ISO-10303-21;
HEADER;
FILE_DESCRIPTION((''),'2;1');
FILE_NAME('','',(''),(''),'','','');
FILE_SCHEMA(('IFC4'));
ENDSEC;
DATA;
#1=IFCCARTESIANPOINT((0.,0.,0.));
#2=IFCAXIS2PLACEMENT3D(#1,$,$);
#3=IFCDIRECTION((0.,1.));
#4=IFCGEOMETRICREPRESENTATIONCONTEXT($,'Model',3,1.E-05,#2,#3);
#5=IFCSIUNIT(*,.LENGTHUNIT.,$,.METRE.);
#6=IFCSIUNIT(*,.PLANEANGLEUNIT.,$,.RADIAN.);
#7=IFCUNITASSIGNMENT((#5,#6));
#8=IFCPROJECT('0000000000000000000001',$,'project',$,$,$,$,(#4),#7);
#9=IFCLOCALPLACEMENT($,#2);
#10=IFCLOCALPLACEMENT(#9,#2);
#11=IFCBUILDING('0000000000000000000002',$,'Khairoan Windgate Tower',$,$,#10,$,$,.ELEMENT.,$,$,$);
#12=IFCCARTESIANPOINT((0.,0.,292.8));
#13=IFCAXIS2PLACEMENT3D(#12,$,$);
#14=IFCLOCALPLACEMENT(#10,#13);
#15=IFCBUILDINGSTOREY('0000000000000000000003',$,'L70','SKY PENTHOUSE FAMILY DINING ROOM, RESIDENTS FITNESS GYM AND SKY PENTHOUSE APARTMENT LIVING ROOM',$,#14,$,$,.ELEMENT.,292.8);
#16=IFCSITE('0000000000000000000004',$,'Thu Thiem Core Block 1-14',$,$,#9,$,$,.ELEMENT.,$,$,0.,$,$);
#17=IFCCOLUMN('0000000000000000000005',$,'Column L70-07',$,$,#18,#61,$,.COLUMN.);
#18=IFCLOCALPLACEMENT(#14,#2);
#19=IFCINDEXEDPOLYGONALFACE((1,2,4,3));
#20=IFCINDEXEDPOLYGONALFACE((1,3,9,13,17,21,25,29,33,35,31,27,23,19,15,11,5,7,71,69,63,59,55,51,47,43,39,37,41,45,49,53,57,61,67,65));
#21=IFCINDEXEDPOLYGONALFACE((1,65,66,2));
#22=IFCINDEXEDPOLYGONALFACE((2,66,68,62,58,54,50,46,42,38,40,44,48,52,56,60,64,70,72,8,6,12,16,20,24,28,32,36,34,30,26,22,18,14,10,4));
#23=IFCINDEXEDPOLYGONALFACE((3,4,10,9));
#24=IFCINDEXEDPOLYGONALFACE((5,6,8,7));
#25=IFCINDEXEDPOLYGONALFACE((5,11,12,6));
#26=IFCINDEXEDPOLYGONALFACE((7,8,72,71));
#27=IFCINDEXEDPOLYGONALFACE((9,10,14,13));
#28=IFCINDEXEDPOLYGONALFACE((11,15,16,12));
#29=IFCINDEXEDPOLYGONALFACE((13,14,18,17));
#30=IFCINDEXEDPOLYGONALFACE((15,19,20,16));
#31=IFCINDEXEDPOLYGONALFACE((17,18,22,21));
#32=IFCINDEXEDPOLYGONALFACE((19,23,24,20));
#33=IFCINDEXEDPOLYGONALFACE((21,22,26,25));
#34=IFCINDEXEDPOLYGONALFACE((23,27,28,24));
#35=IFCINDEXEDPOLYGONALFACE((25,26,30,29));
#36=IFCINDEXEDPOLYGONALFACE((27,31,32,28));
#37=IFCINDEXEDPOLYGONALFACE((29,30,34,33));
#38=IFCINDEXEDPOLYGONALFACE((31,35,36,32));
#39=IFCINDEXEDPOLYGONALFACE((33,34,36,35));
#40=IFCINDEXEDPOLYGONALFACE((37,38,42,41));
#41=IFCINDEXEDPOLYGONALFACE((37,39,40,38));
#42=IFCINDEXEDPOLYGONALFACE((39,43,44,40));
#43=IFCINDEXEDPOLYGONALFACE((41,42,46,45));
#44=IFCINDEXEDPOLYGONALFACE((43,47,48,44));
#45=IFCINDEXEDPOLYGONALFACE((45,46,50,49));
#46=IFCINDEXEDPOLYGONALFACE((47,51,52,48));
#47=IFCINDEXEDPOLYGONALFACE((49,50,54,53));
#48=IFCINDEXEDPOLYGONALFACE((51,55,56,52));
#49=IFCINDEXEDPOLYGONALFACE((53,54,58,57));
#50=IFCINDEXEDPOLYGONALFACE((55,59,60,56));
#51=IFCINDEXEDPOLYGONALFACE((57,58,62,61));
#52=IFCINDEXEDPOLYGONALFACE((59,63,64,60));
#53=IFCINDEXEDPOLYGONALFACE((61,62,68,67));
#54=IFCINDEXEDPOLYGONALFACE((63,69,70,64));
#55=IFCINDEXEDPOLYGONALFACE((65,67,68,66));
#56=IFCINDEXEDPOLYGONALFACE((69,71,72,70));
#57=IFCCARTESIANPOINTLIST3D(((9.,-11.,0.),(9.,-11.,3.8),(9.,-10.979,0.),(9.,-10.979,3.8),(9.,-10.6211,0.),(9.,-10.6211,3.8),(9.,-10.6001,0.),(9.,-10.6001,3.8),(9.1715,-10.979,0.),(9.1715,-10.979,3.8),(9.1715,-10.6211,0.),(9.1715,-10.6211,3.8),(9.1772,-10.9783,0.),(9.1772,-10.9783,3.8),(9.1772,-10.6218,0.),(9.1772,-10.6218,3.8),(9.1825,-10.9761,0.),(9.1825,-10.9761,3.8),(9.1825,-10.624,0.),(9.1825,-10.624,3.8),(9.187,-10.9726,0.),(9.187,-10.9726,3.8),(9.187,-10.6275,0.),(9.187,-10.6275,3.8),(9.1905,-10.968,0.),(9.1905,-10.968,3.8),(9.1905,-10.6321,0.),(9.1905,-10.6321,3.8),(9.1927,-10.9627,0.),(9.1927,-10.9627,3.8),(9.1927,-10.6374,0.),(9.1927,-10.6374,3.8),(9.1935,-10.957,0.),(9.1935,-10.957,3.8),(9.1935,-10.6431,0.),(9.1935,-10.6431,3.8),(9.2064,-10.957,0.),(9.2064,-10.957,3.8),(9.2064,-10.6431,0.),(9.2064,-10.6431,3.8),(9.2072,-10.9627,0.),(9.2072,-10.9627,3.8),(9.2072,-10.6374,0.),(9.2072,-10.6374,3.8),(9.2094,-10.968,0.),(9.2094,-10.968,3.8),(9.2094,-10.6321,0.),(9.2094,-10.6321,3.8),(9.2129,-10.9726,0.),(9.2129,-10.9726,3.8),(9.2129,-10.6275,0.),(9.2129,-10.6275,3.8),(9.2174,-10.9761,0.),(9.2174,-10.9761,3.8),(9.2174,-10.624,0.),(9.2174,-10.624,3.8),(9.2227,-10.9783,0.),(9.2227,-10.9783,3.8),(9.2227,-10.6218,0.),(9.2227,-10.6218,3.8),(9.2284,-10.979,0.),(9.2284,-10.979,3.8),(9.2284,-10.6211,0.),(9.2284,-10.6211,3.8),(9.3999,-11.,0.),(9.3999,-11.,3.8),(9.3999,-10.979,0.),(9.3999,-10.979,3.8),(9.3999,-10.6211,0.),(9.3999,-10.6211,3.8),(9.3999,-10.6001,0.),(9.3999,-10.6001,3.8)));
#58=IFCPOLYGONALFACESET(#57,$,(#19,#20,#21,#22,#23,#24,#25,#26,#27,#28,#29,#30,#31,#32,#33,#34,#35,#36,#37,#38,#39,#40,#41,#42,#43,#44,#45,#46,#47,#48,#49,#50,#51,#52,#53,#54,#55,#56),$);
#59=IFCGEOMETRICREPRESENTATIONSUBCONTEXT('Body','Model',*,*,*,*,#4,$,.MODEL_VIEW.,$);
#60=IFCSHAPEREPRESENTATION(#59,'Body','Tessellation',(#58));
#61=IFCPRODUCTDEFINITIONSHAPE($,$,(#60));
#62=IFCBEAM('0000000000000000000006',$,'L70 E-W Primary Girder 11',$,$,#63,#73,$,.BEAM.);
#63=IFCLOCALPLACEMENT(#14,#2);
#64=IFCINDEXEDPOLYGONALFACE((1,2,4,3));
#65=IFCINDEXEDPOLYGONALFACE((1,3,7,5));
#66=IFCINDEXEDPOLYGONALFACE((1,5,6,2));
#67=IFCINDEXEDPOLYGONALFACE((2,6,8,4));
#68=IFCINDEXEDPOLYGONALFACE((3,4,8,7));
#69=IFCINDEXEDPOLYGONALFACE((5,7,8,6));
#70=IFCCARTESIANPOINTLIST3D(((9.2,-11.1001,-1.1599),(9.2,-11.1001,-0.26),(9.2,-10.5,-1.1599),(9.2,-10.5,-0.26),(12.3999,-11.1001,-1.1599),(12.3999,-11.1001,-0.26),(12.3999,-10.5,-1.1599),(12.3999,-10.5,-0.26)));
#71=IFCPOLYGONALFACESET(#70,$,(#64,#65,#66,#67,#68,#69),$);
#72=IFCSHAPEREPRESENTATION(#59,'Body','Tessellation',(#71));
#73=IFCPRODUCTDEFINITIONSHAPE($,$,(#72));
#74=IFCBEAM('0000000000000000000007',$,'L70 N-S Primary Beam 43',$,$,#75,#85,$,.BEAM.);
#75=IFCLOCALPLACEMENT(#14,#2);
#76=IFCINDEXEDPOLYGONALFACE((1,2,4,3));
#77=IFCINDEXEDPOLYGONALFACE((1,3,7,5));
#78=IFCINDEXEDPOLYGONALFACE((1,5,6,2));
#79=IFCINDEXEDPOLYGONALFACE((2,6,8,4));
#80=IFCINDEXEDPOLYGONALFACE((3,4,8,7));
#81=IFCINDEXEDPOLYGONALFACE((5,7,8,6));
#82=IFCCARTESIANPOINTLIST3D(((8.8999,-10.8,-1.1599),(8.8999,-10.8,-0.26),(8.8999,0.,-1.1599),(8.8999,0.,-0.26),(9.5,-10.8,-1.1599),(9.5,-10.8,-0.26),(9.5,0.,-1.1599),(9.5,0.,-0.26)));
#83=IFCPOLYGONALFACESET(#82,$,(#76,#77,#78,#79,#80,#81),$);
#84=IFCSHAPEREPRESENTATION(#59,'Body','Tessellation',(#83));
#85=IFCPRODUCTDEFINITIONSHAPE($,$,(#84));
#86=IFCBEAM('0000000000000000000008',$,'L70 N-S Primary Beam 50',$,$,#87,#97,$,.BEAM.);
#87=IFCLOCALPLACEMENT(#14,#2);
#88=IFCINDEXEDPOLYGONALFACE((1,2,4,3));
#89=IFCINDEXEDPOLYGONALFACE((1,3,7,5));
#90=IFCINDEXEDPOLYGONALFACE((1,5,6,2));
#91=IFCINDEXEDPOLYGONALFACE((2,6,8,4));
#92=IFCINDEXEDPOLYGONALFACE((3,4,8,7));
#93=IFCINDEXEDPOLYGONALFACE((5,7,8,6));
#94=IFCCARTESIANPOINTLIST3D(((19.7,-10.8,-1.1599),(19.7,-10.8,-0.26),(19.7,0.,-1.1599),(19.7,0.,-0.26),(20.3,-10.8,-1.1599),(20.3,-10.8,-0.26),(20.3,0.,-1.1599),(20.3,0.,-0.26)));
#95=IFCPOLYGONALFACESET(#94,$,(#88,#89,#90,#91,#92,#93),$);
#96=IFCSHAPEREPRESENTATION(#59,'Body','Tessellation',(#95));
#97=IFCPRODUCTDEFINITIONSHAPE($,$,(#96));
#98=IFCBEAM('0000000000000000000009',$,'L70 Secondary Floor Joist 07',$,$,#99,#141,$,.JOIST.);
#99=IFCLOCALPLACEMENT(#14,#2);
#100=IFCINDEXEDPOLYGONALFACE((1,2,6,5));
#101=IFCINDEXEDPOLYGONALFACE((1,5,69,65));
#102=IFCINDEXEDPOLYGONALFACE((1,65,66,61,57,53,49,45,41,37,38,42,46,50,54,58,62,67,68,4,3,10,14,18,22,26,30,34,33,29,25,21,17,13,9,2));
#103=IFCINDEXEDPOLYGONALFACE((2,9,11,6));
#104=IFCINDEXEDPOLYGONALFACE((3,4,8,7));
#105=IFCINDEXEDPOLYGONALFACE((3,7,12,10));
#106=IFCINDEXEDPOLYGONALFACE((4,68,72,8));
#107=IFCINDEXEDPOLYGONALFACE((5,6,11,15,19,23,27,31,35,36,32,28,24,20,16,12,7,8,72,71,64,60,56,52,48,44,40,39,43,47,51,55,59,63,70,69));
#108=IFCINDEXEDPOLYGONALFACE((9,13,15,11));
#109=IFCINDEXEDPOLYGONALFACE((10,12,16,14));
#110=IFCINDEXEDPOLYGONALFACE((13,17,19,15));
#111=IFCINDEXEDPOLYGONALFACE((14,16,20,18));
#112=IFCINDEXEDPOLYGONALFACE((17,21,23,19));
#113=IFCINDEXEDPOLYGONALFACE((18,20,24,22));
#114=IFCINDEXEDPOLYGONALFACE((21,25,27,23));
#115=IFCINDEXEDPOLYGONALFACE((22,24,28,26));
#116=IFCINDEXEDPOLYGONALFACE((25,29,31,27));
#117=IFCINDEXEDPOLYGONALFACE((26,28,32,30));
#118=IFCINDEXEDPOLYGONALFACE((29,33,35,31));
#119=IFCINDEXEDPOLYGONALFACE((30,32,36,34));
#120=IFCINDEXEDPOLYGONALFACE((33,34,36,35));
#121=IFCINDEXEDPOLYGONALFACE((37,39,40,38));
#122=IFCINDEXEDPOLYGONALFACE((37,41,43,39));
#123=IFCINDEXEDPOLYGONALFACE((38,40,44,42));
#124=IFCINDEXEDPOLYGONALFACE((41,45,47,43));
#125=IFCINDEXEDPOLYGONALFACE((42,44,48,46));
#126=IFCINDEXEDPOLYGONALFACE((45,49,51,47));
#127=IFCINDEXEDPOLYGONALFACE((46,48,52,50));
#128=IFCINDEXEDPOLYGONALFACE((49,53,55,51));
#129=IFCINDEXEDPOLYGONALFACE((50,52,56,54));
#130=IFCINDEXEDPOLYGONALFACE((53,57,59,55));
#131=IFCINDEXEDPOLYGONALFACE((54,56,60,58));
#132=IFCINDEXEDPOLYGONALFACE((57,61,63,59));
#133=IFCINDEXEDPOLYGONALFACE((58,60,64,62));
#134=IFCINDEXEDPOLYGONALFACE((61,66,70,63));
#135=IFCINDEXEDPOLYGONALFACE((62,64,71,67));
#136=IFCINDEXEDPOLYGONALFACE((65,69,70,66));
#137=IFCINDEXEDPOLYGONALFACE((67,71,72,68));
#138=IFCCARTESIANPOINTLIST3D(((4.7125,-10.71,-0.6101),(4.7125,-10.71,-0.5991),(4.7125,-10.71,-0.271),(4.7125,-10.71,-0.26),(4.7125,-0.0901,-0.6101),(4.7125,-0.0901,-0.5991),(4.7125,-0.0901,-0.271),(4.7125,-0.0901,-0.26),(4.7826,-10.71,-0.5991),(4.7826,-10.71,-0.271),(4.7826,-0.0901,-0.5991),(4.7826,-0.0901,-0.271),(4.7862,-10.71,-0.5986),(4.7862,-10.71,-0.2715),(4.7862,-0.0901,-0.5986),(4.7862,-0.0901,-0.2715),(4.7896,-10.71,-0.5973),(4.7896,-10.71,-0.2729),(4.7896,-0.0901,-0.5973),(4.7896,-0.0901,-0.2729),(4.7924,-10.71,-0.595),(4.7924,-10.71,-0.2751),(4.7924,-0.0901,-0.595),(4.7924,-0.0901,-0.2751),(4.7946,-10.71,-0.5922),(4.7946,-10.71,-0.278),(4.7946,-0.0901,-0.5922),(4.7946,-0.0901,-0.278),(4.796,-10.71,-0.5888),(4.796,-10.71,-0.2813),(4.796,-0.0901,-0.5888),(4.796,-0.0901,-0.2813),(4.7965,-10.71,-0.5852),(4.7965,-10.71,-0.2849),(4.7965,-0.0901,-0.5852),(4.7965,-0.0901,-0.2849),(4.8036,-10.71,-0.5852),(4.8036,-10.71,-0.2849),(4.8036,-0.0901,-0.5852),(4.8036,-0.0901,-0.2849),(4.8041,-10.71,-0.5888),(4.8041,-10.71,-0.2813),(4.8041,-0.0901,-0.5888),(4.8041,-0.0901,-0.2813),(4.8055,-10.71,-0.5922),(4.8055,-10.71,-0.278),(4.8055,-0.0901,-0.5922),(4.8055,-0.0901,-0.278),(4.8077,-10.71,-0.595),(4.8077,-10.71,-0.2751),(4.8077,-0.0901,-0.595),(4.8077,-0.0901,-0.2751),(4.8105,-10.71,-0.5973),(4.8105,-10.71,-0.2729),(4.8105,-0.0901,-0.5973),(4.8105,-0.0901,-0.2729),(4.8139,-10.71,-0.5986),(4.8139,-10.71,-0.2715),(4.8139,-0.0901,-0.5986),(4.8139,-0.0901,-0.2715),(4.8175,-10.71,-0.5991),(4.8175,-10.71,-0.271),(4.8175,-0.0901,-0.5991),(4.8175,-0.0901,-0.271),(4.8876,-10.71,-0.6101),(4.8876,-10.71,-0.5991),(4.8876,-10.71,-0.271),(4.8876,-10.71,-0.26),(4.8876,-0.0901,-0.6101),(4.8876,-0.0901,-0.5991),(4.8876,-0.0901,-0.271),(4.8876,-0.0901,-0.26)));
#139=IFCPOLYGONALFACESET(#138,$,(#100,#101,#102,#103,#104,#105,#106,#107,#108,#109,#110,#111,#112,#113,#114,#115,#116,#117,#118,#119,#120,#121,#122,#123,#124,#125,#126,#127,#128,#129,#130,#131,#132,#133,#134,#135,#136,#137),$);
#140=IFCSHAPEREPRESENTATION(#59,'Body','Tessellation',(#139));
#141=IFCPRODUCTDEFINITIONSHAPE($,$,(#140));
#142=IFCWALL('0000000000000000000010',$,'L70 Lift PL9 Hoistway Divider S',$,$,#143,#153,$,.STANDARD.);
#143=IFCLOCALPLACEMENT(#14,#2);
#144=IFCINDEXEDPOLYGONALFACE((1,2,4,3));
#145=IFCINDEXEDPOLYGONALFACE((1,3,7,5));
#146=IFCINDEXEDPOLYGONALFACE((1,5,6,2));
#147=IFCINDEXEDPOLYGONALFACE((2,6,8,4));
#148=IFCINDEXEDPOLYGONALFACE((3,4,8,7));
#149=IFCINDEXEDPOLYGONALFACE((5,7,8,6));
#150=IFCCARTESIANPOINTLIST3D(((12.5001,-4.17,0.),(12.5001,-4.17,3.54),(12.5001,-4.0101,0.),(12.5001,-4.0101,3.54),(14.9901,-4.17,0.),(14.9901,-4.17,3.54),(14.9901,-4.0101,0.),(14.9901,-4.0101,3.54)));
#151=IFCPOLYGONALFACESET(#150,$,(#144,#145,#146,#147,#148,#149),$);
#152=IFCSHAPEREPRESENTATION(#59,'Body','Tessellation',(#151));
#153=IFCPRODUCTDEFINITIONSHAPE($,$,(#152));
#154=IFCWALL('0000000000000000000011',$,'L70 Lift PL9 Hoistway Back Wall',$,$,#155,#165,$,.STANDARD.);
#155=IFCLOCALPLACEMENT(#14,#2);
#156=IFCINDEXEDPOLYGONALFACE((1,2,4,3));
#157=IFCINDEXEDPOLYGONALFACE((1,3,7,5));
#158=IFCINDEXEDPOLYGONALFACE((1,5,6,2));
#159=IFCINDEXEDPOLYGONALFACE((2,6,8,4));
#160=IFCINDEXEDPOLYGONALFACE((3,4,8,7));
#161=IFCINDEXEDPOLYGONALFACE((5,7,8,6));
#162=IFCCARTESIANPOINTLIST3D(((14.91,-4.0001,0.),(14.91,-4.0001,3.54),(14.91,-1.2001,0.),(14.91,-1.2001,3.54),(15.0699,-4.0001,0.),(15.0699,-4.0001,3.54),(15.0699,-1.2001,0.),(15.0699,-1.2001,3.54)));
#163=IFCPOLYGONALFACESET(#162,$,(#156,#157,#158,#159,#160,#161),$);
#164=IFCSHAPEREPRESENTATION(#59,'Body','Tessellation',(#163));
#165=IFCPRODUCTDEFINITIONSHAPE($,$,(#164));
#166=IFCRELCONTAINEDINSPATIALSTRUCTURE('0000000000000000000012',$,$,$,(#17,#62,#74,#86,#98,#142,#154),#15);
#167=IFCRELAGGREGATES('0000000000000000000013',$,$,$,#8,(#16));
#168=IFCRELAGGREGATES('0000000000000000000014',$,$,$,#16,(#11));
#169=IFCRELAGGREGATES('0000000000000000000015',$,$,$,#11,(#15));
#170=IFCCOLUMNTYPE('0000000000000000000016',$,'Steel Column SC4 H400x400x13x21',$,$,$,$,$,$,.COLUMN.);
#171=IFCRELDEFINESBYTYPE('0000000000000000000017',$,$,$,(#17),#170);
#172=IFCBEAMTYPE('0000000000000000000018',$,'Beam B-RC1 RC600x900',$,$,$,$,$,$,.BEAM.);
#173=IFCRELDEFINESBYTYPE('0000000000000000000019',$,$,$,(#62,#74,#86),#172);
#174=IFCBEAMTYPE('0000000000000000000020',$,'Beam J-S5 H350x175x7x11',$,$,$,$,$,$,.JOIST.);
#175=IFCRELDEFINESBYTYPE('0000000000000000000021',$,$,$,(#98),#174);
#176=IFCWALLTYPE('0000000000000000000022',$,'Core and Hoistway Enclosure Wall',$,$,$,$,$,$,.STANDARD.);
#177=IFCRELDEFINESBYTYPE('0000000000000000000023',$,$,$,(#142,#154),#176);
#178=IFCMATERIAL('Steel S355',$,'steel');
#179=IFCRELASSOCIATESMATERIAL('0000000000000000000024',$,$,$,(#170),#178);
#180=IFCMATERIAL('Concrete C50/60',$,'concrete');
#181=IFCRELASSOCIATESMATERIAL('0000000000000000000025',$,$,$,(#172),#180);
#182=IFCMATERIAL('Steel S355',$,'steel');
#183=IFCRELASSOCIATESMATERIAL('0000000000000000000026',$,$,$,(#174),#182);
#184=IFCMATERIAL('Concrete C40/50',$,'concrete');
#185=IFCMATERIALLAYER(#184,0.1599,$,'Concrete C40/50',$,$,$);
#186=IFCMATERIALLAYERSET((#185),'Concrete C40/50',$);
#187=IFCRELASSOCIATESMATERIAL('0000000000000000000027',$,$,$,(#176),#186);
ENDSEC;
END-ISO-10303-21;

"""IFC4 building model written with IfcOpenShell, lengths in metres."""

from ifc_helpers import new_model, si_unit, direction, frame, frame_2d, origin, origin_2d, place, context, subcontext, project, spatial, rectangle, i_section, extrude, material, layer, layer_set, material_profile, profile_set, type_object, element, save


model = new_model("IFC4")

# Units and contexts
model_context = context("Model", 3, precision=1e-05, world=origin(), true_north=direction((0.0, 1.0)))
body_context = subcontext(model_context, "Body", "Model", "MODEL_VIEW")
ifc_project = project(units=[si_unit("LENGTHUNIT", "METRE"), si_unit("PLANEANGLEUNIT", "RADIAN")], contexts=[model_context])

# Site, building, storey
site_placement = place(None, origin())
site = spatial("IfcSite", under=ifc_project, at=site_placement, Name="Thu Thiem Core Block 1-14", CompositionType="ELEMENT", RefElevation=0.0)
building_placement = place(site_placement, origin())
building = spatial("IfcBuilding", under=site, at=building_placement, Name="Khairoan Windgate Tower", CompositionType="ELEMENT")
storey_placement = place(building_placement, frame((0.0, 0.0, 292.8)))
storey = spatial("IfcBuildingStorey", under=building, at=storey_placement, Name="L70", Description="SKY PENTHOUSE FAMILY DINING ROOM, RESIDENTS FITNESS GYM AND SKY PENTHOUSE APARTMENT LIVING ROOM", CompositionType="ELEMENT", Elevation=292.8)

# Column
ifc_material_1 = material(Name="Steel S355", Category="steel")
ifc_material_profile_1 = material_profile(ifc_material_1, i_section(OverallWidth=0.3999, OverallDepth=0.3999, WebThickness=0.0129, FlangeThickness=0.021, FilletRadius=0.022, at=origin_2d()))
ifc_profile_set_1 = profile_set([ifc_material_profile_1], Name="Steel S355")
column_type = type_object("IfcColumnType", Name="Steel Column SC4 H400x400x13x21", PredefinedType="COLUMN", material=ifc_profile_set_1)
column_placement = place(storey_placement, frame((9.2, -10.8, 0.0), z_axis=(0.0, 0.0, 1.0), x_axis=(1.0, 0.0, 0.0)))
element("IfcColumn", 1, at=column_placement, inside=storey, type_object=column_type, Name="Column L70-07", PredefinedType="COLUMN", context=body_context, shape_type="SweptSolid", body=[
    extrude(i_section(OverallWidth=0.3999, OverallDepth=0.3999, WebThickness=0.0129, FlangeThickness=0.021, FilletRadius=0.022, at=origin_2d()), origin(), (0.0, 0.0, 1.0), 3.8),
])

# Beams
ifc_material_2 = material(Name="Concrete C50/60", Category="concrete")
ifc_material_profile_2 = material_profile(ifc_material_2, rectangle(XDim=0.6001, YDim=0.8999, at=origin_2d()))
ifc_profile_set_2 = profile_set([ifc_material_profile_2], Name="Concrete C50/60")
beam_type_1 = type_object("IfcBeamType", Name="Beam B-RC1 RC600x900", PredefinedType="BEAM", material=ifc_profile_set_2)
beam_1_placement = place(storey_placement, frame((9.2, -10.8, -0.71), z_axis=(1.0, 0.0, 0.0), x_axis=(0.0, 1.0, 0.0)))
element("IfcBeam", 2, at=beam_1_placement, inside=storey, type_object=beam_type_1, Name="L70 E-W Primary Girder 11", PredefinedType="BEAM", context=body_context, shape_type="SweptSolid", body=[
    extrude(rectangle(XDim=0.6001, YDim=0.8999, at=origin_2d()), origin(), (0.0, 0.0, 1.0), 3.2),
])
for number, where, z_axis, x_axis, name in (
    (3, (9.2, -10.8, -0.71), (0.0, 1.0, 0.0), (-1.0, 0.0, 0.0), "L70 N-S Primary Beam 43"),
    (4, (20.0, -10.8, -0.71), (0.0, 1.0, 0.0), (-1.0, 0.0, 0.0), "L70 N-S Primary Beam 50"),
):
    element("IfcBeam", number, at=place(storey_placement, frame(where, z_axis=z_axis, x_axis=x_axis)), inside=storey, type_object=beam_type_1, Name=name, PredefinedType="BEAM", context=body_context, shape_type="SweptSolid", body=[
        extrude(rectangle(XDim=0.6001, YDim=0.8999, at=origin_2d()), origin(), (0.0, 0.0, 1.0), 10.8),
    ])
ifc_material_3 = material(Name="Steel S355", Category="steel")
ifc_material_profile_3 = material_profile(ifc_material_3, i_section(OverallWidth=0.175, OverallDepth=0.3501, WebThickness=0.0071, FlangeThickness=0.011, FilletRadius=0.0139, at=origin_2d()))
ifc_profile_set_3 = profile_set([ifc_material_profile_3], Name="Steel S355")
beam_type_2 = type_object("IfcBeamType", Name="Beam J-S5 H350x175x7x11", PredefinedType="JOIST", material=ifc_profile_set_3)
beam_2_placement = place(storey_placement, frame((4.8, -10.71, -0.4351), z_axis=(0.0, 1.0, 0.0), x_axis=(-1.0, 0.0, 0.0)))
element("IfcBeam", 5, at=beam_2_placement, inside=storey, type_object=beam_type_2, Name="L70 Secondary Floor Joist 07", PredefinedType="JOIST", context=body_context, shape_type="SweptSolid", body=[
    extrude(i_section(OverallWidth=0.175, OverallDepth=0.3501, WebThickness=0.0071, FlangeThickness=0.011, FilletRadius=0.0139, at=origin_2d()), origin(), (0.0, 0.0, 1.0), 10.6199),
])

# Walls
ifc_material_4 = material(Name="Concrete C40/50", Category="concrete")
ifc_layer_1 = layer(ifc_material_4, 0.1599, Name="Concrete C40/50")
ifc_layer_set_1 = layer_set([ifc_layer_1], Name="Concrete C40/50")
wall_type_1 = type_object("IfcWallType", Name="Core and Hoistway Enclosure Wall", PredefinedType="STANDARD", material=ifc_layer_set_1)
wall_1_placement = place(storey_placement, frame((12.5, -4.0901, 0.0), z_axis=(0.0, 0.0, 1.0), x_axis=(1.0, 0.0, 0.0)))
element("IfcWall", 6, at=wall_1_placement, inside=storey, type_object=wall_type_1, Name="L70 Lift PL9 Hoistway Divider S", PredefinedType="STANDARD", context=body_context, shape_type="SweptSolid", body=[
    extrude(rectangle(XDim=2.49, YDim=0.1599, at=frame_2d((1.2451, 0.0))), origin(), (0.0, 0.0, 1.0), 3.54),
])
wall_2_placement = place(storey_placement, frame((14.99, -4.0, 0.0), z_axis=(0.0, 0.0, 1.0), x_axis=(0.0, 1.0, 0.0)))
element("IfcWall", 7, at=wall_2_placement, inside=storey, type_object=wall_type_1, Name="L70 Lift PL9 Hoistway Back Wall", PredefinedType="STANDARD", context=body_context, shape_type="SweptSolid", body=[
    extrude(rectangle(XDim=2.8, YDim=0.1599, at=frame_2d((1.3999, 0.0))), origin(), (0.0, 0.0, 1.0), 3.54),
])

save(model, "model.ifc")
